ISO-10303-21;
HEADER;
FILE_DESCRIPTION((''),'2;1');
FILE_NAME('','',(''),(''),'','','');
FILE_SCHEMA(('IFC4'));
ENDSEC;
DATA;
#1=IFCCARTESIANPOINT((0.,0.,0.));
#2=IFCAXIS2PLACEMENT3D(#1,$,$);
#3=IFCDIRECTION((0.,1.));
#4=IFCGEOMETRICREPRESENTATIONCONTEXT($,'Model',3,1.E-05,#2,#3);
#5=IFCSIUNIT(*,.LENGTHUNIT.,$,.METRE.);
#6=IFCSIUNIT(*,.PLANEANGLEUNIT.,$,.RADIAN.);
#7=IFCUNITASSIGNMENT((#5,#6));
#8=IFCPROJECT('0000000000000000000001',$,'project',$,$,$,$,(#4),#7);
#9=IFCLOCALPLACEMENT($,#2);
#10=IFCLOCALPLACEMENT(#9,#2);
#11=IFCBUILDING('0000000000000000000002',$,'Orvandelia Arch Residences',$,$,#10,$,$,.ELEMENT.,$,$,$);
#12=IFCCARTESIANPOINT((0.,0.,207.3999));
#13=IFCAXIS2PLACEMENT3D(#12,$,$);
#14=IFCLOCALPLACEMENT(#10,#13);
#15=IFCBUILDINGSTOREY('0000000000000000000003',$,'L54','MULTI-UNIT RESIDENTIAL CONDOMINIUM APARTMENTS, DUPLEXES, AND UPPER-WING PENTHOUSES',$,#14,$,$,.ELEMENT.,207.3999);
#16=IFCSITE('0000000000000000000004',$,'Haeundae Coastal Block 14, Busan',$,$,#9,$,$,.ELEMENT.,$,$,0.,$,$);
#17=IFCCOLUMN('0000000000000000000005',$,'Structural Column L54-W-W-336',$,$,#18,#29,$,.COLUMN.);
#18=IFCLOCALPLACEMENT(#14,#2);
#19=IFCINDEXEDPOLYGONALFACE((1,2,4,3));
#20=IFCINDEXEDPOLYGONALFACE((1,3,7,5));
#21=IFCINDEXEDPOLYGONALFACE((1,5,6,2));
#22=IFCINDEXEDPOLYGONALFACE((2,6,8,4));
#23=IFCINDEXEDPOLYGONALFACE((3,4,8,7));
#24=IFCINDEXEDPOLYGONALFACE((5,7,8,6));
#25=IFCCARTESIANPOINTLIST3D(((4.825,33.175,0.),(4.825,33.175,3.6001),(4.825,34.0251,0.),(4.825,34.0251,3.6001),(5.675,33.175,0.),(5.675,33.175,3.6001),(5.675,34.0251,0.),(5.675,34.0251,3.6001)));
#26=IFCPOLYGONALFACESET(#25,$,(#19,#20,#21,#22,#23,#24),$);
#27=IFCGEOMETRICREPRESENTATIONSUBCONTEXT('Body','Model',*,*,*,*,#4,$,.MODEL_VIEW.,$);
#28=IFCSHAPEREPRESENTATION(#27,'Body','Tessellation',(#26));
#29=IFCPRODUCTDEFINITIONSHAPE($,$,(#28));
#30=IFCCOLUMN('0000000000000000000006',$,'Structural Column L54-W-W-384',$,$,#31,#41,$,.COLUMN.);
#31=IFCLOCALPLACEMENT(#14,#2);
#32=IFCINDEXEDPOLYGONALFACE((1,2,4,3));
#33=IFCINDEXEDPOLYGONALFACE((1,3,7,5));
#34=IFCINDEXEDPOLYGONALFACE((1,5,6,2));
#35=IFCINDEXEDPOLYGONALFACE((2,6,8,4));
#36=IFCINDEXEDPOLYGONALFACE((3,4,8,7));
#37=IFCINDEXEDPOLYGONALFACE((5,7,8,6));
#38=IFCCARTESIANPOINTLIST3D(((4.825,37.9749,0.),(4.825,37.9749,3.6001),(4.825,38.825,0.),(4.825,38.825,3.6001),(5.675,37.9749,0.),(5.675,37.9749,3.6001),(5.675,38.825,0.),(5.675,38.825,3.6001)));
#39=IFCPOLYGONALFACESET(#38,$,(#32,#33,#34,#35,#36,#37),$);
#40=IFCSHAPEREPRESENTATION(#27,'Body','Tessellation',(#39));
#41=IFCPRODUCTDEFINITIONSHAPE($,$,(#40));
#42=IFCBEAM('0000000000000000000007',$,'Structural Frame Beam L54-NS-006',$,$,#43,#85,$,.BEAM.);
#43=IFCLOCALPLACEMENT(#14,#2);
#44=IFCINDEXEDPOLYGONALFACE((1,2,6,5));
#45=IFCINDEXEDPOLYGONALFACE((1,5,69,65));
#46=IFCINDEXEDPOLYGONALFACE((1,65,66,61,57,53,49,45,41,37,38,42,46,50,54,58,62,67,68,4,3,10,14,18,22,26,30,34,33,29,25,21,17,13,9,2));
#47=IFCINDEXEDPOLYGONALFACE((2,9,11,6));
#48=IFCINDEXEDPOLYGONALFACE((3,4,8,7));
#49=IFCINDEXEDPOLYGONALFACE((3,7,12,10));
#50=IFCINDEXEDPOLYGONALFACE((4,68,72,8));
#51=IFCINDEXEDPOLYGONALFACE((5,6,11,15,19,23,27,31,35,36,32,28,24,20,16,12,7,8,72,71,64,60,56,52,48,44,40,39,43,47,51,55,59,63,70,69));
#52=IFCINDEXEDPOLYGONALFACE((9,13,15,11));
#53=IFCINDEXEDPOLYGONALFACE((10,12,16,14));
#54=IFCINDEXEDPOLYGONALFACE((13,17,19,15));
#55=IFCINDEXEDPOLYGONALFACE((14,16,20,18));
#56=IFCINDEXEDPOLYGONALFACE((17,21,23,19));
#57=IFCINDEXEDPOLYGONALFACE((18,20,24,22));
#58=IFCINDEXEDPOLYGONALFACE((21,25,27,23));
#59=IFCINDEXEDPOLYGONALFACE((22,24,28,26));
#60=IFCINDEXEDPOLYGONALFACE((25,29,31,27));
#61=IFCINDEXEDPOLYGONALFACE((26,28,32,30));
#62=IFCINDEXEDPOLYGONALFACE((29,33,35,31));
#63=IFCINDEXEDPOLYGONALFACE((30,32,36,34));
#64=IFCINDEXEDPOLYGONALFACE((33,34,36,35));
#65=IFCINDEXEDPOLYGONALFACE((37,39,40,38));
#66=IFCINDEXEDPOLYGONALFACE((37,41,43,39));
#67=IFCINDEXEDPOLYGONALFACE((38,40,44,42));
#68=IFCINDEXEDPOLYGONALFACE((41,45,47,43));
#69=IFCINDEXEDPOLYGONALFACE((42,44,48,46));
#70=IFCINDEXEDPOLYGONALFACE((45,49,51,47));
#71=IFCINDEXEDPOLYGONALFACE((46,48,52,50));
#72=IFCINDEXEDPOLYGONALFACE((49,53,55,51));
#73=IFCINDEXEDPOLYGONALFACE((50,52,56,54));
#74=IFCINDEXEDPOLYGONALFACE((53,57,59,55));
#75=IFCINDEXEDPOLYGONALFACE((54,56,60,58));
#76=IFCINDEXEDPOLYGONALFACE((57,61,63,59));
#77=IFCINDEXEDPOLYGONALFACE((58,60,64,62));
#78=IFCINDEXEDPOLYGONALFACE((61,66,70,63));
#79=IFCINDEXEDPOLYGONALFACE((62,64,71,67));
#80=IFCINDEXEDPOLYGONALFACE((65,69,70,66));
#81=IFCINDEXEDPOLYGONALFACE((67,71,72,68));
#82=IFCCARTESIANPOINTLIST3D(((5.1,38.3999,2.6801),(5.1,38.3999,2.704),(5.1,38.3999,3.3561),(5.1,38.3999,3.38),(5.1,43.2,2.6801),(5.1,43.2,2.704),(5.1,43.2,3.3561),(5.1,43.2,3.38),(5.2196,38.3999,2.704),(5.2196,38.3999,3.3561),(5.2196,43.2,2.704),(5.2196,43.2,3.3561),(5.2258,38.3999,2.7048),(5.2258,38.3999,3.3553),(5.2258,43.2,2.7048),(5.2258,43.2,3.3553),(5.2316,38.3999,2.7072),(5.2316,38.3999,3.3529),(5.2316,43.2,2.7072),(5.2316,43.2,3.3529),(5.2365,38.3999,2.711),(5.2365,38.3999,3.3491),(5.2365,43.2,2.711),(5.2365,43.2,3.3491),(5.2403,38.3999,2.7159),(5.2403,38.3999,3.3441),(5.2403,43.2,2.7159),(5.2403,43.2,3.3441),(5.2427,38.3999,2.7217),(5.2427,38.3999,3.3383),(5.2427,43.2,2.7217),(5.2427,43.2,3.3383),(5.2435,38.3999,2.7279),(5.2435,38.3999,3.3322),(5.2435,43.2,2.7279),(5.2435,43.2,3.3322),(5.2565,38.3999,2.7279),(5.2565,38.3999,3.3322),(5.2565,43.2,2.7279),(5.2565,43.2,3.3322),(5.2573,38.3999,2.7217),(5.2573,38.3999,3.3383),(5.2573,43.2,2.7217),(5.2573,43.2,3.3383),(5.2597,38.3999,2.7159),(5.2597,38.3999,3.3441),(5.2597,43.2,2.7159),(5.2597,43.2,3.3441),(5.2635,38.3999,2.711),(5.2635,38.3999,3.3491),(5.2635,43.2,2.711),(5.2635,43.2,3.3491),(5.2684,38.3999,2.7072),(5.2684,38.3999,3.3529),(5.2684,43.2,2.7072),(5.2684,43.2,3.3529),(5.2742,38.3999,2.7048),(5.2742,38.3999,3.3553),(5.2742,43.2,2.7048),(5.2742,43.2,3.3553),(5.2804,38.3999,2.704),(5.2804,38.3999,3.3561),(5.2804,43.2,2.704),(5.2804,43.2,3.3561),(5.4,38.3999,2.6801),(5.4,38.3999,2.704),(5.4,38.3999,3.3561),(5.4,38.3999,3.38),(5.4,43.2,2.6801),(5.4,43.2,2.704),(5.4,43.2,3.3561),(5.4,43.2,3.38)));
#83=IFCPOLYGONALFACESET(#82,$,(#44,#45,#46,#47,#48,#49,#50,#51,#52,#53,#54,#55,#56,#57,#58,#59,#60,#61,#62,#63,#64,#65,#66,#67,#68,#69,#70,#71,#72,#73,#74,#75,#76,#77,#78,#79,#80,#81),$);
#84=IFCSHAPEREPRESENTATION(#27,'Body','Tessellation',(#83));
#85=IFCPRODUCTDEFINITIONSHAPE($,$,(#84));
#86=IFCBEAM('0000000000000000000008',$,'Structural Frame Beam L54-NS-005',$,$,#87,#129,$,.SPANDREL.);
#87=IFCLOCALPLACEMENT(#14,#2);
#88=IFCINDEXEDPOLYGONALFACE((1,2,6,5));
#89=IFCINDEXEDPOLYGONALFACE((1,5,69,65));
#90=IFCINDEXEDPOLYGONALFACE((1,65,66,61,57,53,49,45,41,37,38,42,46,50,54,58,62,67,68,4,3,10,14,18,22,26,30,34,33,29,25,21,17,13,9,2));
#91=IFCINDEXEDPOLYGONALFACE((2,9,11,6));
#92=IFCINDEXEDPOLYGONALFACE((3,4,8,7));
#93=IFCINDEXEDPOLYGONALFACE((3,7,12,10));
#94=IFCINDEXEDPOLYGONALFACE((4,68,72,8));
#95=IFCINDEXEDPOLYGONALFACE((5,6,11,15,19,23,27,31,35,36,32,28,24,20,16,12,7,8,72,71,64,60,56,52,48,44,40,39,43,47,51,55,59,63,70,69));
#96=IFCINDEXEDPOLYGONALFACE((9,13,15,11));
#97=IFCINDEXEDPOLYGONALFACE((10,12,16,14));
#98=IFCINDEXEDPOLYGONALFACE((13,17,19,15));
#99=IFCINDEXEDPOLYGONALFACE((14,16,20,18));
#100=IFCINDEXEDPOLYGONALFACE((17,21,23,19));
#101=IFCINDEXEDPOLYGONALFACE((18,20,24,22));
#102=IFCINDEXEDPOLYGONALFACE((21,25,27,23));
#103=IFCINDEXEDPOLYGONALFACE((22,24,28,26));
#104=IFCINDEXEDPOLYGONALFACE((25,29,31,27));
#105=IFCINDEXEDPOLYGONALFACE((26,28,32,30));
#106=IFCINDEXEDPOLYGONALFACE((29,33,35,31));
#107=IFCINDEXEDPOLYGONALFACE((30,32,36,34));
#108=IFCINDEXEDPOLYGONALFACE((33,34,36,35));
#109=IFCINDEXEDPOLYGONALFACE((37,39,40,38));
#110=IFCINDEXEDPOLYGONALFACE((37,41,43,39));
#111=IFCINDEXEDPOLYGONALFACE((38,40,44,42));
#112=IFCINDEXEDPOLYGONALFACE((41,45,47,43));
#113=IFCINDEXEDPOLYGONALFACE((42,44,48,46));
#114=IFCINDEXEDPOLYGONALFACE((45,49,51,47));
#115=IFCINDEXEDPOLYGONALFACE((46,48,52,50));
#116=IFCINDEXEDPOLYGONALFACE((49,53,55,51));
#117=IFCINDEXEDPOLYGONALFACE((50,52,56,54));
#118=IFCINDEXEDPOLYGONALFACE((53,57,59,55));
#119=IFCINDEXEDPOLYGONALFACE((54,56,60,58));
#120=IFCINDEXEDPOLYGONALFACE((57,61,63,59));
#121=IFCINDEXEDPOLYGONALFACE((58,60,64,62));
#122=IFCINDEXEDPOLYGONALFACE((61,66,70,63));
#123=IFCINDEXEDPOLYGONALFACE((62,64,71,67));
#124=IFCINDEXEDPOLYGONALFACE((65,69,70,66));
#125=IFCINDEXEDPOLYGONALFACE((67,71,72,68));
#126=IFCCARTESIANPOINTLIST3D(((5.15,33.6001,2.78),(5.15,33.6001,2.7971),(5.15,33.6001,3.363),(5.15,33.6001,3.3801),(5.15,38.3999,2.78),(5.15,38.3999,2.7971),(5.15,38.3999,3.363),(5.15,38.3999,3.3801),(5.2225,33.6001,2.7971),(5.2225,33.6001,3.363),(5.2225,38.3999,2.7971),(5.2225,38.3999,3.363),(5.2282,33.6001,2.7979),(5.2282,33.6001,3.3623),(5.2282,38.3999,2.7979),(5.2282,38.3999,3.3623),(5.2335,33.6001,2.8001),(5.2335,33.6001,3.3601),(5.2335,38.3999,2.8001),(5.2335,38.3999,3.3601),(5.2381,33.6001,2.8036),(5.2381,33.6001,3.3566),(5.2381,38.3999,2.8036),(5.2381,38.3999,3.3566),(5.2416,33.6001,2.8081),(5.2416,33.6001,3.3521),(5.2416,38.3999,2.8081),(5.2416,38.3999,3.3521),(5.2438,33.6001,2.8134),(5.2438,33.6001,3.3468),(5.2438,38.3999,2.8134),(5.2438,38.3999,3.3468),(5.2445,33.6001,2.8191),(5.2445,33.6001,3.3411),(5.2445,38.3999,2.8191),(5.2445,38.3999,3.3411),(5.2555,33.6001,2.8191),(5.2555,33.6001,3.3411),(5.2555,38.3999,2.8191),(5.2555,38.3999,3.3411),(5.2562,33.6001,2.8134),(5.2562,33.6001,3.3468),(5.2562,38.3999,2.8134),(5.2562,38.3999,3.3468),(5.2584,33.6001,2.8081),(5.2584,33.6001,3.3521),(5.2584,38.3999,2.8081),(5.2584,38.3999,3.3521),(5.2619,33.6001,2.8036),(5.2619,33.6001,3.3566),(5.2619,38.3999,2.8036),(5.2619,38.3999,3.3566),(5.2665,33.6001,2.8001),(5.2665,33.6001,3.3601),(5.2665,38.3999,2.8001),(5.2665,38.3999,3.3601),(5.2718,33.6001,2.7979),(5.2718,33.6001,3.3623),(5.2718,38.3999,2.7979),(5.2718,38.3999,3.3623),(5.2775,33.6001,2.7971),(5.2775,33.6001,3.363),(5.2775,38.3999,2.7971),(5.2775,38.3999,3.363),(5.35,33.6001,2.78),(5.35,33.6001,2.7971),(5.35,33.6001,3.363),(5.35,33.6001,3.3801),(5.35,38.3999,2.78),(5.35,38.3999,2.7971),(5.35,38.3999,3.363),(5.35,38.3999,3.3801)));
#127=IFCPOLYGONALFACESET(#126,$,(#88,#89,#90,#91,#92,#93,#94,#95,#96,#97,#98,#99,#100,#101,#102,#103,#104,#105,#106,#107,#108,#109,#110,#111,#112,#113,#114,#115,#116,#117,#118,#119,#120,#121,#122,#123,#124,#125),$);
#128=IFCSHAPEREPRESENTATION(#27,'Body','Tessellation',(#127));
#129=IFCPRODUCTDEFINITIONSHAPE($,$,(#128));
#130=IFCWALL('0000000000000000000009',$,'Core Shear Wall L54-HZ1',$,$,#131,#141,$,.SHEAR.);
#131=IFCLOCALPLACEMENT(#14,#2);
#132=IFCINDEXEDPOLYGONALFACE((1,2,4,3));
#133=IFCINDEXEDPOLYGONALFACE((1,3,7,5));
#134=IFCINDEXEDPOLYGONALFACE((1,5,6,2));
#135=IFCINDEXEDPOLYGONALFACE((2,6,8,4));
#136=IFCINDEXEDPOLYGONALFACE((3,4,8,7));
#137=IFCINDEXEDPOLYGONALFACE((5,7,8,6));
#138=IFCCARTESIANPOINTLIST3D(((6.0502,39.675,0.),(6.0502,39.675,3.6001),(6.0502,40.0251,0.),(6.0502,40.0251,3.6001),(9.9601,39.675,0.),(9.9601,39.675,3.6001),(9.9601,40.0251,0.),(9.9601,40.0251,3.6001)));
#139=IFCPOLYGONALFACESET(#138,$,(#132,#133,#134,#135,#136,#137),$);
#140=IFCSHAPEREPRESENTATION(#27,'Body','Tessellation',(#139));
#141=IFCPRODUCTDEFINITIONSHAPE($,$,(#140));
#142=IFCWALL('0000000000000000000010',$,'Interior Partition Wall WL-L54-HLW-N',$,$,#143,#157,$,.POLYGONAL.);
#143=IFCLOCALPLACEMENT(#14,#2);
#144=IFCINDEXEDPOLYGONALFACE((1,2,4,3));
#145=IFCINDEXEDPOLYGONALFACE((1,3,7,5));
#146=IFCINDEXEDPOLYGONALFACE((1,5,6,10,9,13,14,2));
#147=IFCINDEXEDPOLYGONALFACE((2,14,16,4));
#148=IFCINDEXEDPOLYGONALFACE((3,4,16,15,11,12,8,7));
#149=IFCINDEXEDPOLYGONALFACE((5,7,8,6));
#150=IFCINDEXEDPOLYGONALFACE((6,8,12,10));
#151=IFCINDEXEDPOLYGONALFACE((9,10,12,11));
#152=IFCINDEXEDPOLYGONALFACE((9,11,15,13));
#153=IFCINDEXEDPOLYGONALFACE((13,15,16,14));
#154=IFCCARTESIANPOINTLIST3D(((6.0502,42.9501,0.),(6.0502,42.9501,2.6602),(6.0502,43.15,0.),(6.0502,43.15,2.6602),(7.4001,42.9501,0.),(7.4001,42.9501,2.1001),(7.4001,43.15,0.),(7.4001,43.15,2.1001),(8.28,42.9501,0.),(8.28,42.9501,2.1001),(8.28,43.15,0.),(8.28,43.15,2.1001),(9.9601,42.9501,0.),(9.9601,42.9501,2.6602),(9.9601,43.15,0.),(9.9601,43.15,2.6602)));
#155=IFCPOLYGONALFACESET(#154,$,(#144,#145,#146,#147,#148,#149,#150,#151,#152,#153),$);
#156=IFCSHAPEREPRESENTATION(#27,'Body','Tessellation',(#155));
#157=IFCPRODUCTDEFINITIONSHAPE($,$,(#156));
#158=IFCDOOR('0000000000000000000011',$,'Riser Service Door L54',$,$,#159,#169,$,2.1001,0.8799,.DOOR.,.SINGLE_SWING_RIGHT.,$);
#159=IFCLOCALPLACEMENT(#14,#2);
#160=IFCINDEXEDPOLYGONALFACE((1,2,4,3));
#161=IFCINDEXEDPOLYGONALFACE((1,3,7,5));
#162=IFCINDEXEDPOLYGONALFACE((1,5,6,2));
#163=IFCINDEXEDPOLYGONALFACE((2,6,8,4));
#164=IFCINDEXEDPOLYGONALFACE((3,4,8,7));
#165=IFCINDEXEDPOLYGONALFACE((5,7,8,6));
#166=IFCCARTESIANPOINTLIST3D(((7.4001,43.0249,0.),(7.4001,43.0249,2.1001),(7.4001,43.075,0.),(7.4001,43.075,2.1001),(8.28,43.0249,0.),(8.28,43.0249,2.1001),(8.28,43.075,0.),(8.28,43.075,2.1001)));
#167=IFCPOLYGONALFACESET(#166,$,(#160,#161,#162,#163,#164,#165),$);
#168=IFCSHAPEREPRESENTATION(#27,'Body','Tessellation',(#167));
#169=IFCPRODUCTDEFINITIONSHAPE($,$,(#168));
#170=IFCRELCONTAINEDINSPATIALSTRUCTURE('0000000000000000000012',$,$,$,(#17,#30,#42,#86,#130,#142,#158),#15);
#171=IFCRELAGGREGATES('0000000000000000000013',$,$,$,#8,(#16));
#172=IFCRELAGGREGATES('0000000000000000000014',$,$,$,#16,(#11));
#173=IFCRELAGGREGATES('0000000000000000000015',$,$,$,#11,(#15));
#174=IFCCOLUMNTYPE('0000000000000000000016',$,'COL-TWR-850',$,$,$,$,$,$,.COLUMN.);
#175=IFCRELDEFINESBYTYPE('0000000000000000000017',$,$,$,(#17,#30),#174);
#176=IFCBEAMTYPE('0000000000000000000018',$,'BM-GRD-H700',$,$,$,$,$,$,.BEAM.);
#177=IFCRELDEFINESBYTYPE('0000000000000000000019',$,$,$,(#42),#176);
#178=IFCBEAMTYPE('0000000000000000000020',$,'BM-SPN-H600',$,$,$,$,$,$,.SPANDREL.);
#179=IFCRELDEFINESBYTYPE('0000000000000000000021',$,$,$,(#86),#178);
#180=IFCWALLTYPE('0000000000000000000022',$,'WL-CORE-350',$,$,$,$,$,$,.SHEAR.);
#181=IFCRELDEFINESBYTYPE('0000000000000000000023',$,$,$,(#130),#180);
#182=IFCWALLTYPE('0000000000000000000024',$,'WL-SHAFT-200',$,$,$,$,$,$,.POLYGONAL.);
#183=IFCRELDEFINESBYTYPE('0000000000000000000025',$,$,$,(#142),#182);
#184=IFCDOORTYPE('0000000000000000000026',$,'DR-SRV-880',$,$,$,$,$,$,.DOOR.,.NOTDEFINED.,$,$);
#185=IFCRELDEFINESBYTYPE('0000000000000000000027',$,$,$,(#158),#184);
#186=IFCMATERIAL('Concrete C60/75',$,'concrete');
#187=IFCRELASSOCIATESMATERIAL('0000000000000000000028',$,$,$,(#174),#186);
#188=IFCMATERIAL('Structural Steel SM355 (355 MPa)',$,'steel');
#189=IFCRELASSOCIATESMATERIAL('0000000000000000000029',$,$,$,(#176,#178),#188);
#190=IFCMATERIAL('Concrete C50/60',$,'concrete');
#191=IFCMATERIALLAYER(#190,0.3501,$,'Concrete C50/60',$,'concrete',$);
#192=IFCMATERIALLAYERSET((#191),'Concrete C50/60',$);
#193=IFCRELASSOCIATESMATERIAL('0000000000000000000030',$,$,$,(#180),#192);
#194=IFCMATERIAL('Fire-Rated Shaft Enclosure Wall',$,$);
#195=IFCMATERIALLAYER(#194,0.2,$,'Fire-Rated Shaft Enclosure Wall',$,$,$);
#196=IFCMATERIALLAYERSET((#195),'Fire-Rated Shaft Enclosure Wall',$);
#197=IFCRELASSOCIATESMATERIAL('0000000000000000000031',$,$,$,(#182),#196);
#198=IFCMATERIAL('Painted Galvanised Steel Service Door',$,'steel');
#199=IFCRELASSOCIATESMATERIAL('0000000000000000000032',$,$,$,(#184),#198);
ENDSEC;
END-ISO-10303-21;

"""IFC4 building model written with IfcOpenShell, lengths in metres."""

from ifc_helpers import new_model, si_unit, direction, frame, frame_2d, origin, origin_2d, place, context, subcontext, project, spatial, rectangle, i_section, extrude, material, layer, layer_set, material_profile, profile_set, type_object, element, fill, save


model = new_model("IFC4")

# Units and contexts
model_context = context("Model", 3, precision=1e-05, world=origin(), true_north=direction((0.0, 1.0)))
body_context = subcontext(model_context, "Body", "Model", "MODEL_VIEW")
ifc_project = project(units=[si_unit("LENGTHUNIT", "METRE"), si_unit("PLANEANGLEUNIT", "RADIAN")], contexts=[model_context])

# Site, building, storey
site_placement = place(None, origin())
site = spatial("IfcSite", under=ifc_project, at=site_placement, Name="Haeundae Coastal Block 14, Busan", CompositionType="ELEMENT", RefElevation=0.0)
building_placement = place(site_placement, origin())
building = spatial("IfcBuilding", under=site, at=building_placement, Name="Orvandelia Arch Residences", CompositionType="ELEMENT")
storey_placement = place(building_placement, frame((0.0, 0.0, 207.3999)))
storey = spatial("IfcBuildingStorey", under=building, at=storey_placement, Name="L54", Description="MULTI-UNIT RESIDENTIAL CONDOMINIUM APARTMENTS, DUPLEXES, AND UPPER-WING PENTHOUSES", CompositionType="ELEMENT", Elevation=207.3999)

# Columns
ifc_material_1 = material(Name="Concrete C60/75", Category="concrete")
ifc_material_profile_1 = material_profile(ifc_material_1, rectangle(XDim=0.8501, YDim=0.8501, at=origin_2d()), Name="Concrete C60/75", Category="concrete")
ifc_profile_set_1 = profile_set([ifc_material_profile_1], Name="Concrete C60/75")
column_type = type_object("IfcColumnType", Name="COL-TWR-850", PredefinedType="COLUMN", material=ifc_profile_set_1)
for number, where, z_axis, x_axis, name in (
    (1, (5.25, 33.6001, 0.0), (0.0, 0.0, 1.0), (1.0, 0.0, 0.0), "Structural Column L54-W-W-336"),
    (2, (5.25, 38.3999, 0.0), (0.0, 0.0, 1.0), (1.0, 0.0, 0.0), "Structural Column L54-W-W-384"),
):
    element("IfcColumn", number, at=place(storey_placement, frame(where, z_axis=z_axis, x_axis=x_axis)), inside=storey, type_object=column_type, Name=name, PredefinedType="COLUMN", context=body_context, shape_type="SweptSolid", body=[
        extrude(rectangle(XDim=0.8501, YDim=0.8501, at=origin_2d()), origin(), (0.0, 0.0, 1.0), 3.6001),
    ])

# Beams
ifc_material_2 = material(Name="Structural Steel SM355 (355 MPa)", Category="steel")
ifc_material_profile_2 = material_profile(ifc_material_2, i_section(OverallWidth=0.3, OverallDepth=0.7, WebThickness=0.0129, FlangeThickness=0.0239, FilletRadius=0.0239, at=origin_2d()), Name="Structural Steel SM355 (355 MPa)", Category="steel")
ifc_profile_set_2 = profile_set([ifc_material_profile_2], Name="Structural Steel SM355 (355 MPa)")
beam_type_1 = type_object("IfcBeamType", Name="BM-GRD-H700", PredefinedType="BEAM", material=ifc_profile_set_2)
beam_1_placement = place(storey_placement, frame((5.25, 38.3999, 3.03), z_axis=(0.0, 1.0, 0.0), x_axis=(-1.0, 0.0, 0.0)))
element("IfcBeam", 3, at=beam_1_placement, inside=storey, type_object=beam_type_1, Name="Structural Frame Beam L54-NS-006", PredefinedType="BEAM", context=body_context, shape_type="SweptSolid", body=[
    extrude(i_section(OverallWidth=0.3, OverallDepth=0.7, WebThickness=0.0129, FlangeThickness=0.0239, FilletRadius=0.0239, at=origin_2d()), origin(), (0.0, 0.0, 1.0), 4.8),
])
ifc_material_profile_3 = material_profile(ifc_material_2, i_section(OverallWidth=0.2, OverallDepth=0.6001, WebThickness=0.011, FlangeThickness=0.0171, FilletRadius=0.022, at=origin_2d()), Name="Structural Steel SM355 (355 MPa)", Category="steel")
ifc_profile_set_3 = profile_set([ifc_material_profile_3], Name="Structural Steel SM355 (355 MPa)")
beam_type_2 = type_object("IfcBeamType", Name="BM-SPN-H600", PredefinedType="SPANDREL", material=ifc_profile_set_3)
beam_2_placement = place(storey_placement, frame((5.25, 33.6001, 3.0801), z_axis=(0.0, 1.0, 0.0), x_axis=(-1.0, 0.0, 0.0)))
element("IfcBeam", 4, at=beam_2_placement, inside=storey, type_object=beam_type_2, Name="Structural Frame Beam L54-NS-005", PredefinedType="SPANDREL", context=body_context, shape_type="SweptSolid", body=[
    extrude(i_section(OverallWidth=0.2, OverallDepth=0.6001, WebThickness=0.011, FlangeThickness=0.0171, FilletRadius=0.022, at=origin_2d()), origin(), (0.0, 0.0, 1.0), 4.7998),
])

# Wall
ifc_material_3 = material(Name="Concrete C50/60", Category="concrete")
ifc_layer_1 = layer(ifc_material_3, 0.3501, Name="Concrete C50/60", Category="concrete")
ifc_layer_set_1 = layer_set([ifc_layer_1], Name="Concrete C50/60")
wall_type_1 = type_object("IfcWallType", Name="WL-CORE-350", PredefinedType="SHEAR", material=ifc_layer_set_1)
wall_1_placement = place(storey_placement, frame((6.05, 39.8501, 0.0), z_axis=(0.0, 0.0, 1.0), x_axis=(1.0, 0.0, 0.0)))
element("IfcWall", 5, at=wall_1_placement, inside=storey, type_object=wall_type_1, Name="Core Shear Wall L54-HZ1", PredefinedType="SHEAR", context=body_context, shape_type="SweptSolid", body=[
    extrude(rectangle(XDim=3.9099, YDim=0.3501, at=frame_2d((1.9551, 0.0))), origin(), (0.0, 0.0, 1.0), 3.6001),
])

# Wall, opening, door
ifc_material_4 = material(Name="Fire-Rated Shaft Enclosure Wall")
ifc_layer_2 = layer(ifc_material_4, 0.2, Name="Fire-Rated Shaft Enclosure Wall")
ifc_layer_set_2 = layer_set([ifc_layer_2], Name="Fire-Rated Shaft Enclosure Wall")
wall_type_2 = type_object("IfcWallType", Name="WL-SHAFT-200", PredefinedType="POLYGONAL", material=ifc_layer_set_2)
wall_2_placement = place(storey_placement, frame((6.05, 43.05, 0.0), z_axis=(0.0, 0.0, 1.0), x_axis=(1.0, 0.0, 0.0)))
wall_2 = element("IfcWall", 6, at=wall_2_placement, inside=storey, type_object=wall_type_2, Name="Interior Partition Wall WL-L54-HLW-N", PredefinedType="POLYGONAL", context=body_context, shape_type="SweptSolid", body=[
    extrude(rectangle(XDim=3.9099, YDim=0.2, at=frame_2d((1.9551, 0.0))), origin(), (0.0, 0.0, 1.0), 2.6602),
])
opening_1_placement = place(wall_2_placement, frame((1.3501, 0.0, 0.0)))
opening_1 = element("IfcOpeningElement", 7, at=opening_1_placement, cuts=wall_2, PredefinedType="OPENING", context=body_context, shape_type="SweptSolid", body=[
    extrude(rectangle(XDim=0.8799, YDim=2.1001, at=frame_2d((0.4399, 1.05))), frame((0.0, 0.1099, 0.0), z_axis=(0.0, -1.0, 0.0), x_axis=(1.0, 0.0, 0.0)), (0.0, 0.0, 1.0), 0.22),
])
ifc_material_5 = material(Name="Painted Galvanised Steel Service Door", Category="steel")
door_type_1 = type_object("IfcDoorType", Name="DR-SRV-880", OperationType="NOTDEFINED", PredefinedType="DOOR", material=ifc_material_5)
door_1_placement = place(opening_1_placement, origin())
door_1 = element("IfcDoor", 8, at=door_1_placement, inside=storey, type_object=door_type_1, Name="Riser Service Door L54", OperationType="SINGLE_SWING_RIGHT", OverallHeight=2.1001, OverallWidth=0.8799, PredefinedType="DOOR", context=body_context, shape_type="SweptSolid", body=[
    extrude(rectangle(XDim=0.8799, YDim=2.1001, at=frame_2d((0.4399, 1.05))), frame((0.0, 0.0249, 0.0), z_axis=(0.0, -1.0, 0.0), x_axis=(1.0, 0.0, 0.0)), (0.0, 0.0, 1.0), 0.05),
])
fill(opening_1, door_1)

save(model, "model.ifc")
